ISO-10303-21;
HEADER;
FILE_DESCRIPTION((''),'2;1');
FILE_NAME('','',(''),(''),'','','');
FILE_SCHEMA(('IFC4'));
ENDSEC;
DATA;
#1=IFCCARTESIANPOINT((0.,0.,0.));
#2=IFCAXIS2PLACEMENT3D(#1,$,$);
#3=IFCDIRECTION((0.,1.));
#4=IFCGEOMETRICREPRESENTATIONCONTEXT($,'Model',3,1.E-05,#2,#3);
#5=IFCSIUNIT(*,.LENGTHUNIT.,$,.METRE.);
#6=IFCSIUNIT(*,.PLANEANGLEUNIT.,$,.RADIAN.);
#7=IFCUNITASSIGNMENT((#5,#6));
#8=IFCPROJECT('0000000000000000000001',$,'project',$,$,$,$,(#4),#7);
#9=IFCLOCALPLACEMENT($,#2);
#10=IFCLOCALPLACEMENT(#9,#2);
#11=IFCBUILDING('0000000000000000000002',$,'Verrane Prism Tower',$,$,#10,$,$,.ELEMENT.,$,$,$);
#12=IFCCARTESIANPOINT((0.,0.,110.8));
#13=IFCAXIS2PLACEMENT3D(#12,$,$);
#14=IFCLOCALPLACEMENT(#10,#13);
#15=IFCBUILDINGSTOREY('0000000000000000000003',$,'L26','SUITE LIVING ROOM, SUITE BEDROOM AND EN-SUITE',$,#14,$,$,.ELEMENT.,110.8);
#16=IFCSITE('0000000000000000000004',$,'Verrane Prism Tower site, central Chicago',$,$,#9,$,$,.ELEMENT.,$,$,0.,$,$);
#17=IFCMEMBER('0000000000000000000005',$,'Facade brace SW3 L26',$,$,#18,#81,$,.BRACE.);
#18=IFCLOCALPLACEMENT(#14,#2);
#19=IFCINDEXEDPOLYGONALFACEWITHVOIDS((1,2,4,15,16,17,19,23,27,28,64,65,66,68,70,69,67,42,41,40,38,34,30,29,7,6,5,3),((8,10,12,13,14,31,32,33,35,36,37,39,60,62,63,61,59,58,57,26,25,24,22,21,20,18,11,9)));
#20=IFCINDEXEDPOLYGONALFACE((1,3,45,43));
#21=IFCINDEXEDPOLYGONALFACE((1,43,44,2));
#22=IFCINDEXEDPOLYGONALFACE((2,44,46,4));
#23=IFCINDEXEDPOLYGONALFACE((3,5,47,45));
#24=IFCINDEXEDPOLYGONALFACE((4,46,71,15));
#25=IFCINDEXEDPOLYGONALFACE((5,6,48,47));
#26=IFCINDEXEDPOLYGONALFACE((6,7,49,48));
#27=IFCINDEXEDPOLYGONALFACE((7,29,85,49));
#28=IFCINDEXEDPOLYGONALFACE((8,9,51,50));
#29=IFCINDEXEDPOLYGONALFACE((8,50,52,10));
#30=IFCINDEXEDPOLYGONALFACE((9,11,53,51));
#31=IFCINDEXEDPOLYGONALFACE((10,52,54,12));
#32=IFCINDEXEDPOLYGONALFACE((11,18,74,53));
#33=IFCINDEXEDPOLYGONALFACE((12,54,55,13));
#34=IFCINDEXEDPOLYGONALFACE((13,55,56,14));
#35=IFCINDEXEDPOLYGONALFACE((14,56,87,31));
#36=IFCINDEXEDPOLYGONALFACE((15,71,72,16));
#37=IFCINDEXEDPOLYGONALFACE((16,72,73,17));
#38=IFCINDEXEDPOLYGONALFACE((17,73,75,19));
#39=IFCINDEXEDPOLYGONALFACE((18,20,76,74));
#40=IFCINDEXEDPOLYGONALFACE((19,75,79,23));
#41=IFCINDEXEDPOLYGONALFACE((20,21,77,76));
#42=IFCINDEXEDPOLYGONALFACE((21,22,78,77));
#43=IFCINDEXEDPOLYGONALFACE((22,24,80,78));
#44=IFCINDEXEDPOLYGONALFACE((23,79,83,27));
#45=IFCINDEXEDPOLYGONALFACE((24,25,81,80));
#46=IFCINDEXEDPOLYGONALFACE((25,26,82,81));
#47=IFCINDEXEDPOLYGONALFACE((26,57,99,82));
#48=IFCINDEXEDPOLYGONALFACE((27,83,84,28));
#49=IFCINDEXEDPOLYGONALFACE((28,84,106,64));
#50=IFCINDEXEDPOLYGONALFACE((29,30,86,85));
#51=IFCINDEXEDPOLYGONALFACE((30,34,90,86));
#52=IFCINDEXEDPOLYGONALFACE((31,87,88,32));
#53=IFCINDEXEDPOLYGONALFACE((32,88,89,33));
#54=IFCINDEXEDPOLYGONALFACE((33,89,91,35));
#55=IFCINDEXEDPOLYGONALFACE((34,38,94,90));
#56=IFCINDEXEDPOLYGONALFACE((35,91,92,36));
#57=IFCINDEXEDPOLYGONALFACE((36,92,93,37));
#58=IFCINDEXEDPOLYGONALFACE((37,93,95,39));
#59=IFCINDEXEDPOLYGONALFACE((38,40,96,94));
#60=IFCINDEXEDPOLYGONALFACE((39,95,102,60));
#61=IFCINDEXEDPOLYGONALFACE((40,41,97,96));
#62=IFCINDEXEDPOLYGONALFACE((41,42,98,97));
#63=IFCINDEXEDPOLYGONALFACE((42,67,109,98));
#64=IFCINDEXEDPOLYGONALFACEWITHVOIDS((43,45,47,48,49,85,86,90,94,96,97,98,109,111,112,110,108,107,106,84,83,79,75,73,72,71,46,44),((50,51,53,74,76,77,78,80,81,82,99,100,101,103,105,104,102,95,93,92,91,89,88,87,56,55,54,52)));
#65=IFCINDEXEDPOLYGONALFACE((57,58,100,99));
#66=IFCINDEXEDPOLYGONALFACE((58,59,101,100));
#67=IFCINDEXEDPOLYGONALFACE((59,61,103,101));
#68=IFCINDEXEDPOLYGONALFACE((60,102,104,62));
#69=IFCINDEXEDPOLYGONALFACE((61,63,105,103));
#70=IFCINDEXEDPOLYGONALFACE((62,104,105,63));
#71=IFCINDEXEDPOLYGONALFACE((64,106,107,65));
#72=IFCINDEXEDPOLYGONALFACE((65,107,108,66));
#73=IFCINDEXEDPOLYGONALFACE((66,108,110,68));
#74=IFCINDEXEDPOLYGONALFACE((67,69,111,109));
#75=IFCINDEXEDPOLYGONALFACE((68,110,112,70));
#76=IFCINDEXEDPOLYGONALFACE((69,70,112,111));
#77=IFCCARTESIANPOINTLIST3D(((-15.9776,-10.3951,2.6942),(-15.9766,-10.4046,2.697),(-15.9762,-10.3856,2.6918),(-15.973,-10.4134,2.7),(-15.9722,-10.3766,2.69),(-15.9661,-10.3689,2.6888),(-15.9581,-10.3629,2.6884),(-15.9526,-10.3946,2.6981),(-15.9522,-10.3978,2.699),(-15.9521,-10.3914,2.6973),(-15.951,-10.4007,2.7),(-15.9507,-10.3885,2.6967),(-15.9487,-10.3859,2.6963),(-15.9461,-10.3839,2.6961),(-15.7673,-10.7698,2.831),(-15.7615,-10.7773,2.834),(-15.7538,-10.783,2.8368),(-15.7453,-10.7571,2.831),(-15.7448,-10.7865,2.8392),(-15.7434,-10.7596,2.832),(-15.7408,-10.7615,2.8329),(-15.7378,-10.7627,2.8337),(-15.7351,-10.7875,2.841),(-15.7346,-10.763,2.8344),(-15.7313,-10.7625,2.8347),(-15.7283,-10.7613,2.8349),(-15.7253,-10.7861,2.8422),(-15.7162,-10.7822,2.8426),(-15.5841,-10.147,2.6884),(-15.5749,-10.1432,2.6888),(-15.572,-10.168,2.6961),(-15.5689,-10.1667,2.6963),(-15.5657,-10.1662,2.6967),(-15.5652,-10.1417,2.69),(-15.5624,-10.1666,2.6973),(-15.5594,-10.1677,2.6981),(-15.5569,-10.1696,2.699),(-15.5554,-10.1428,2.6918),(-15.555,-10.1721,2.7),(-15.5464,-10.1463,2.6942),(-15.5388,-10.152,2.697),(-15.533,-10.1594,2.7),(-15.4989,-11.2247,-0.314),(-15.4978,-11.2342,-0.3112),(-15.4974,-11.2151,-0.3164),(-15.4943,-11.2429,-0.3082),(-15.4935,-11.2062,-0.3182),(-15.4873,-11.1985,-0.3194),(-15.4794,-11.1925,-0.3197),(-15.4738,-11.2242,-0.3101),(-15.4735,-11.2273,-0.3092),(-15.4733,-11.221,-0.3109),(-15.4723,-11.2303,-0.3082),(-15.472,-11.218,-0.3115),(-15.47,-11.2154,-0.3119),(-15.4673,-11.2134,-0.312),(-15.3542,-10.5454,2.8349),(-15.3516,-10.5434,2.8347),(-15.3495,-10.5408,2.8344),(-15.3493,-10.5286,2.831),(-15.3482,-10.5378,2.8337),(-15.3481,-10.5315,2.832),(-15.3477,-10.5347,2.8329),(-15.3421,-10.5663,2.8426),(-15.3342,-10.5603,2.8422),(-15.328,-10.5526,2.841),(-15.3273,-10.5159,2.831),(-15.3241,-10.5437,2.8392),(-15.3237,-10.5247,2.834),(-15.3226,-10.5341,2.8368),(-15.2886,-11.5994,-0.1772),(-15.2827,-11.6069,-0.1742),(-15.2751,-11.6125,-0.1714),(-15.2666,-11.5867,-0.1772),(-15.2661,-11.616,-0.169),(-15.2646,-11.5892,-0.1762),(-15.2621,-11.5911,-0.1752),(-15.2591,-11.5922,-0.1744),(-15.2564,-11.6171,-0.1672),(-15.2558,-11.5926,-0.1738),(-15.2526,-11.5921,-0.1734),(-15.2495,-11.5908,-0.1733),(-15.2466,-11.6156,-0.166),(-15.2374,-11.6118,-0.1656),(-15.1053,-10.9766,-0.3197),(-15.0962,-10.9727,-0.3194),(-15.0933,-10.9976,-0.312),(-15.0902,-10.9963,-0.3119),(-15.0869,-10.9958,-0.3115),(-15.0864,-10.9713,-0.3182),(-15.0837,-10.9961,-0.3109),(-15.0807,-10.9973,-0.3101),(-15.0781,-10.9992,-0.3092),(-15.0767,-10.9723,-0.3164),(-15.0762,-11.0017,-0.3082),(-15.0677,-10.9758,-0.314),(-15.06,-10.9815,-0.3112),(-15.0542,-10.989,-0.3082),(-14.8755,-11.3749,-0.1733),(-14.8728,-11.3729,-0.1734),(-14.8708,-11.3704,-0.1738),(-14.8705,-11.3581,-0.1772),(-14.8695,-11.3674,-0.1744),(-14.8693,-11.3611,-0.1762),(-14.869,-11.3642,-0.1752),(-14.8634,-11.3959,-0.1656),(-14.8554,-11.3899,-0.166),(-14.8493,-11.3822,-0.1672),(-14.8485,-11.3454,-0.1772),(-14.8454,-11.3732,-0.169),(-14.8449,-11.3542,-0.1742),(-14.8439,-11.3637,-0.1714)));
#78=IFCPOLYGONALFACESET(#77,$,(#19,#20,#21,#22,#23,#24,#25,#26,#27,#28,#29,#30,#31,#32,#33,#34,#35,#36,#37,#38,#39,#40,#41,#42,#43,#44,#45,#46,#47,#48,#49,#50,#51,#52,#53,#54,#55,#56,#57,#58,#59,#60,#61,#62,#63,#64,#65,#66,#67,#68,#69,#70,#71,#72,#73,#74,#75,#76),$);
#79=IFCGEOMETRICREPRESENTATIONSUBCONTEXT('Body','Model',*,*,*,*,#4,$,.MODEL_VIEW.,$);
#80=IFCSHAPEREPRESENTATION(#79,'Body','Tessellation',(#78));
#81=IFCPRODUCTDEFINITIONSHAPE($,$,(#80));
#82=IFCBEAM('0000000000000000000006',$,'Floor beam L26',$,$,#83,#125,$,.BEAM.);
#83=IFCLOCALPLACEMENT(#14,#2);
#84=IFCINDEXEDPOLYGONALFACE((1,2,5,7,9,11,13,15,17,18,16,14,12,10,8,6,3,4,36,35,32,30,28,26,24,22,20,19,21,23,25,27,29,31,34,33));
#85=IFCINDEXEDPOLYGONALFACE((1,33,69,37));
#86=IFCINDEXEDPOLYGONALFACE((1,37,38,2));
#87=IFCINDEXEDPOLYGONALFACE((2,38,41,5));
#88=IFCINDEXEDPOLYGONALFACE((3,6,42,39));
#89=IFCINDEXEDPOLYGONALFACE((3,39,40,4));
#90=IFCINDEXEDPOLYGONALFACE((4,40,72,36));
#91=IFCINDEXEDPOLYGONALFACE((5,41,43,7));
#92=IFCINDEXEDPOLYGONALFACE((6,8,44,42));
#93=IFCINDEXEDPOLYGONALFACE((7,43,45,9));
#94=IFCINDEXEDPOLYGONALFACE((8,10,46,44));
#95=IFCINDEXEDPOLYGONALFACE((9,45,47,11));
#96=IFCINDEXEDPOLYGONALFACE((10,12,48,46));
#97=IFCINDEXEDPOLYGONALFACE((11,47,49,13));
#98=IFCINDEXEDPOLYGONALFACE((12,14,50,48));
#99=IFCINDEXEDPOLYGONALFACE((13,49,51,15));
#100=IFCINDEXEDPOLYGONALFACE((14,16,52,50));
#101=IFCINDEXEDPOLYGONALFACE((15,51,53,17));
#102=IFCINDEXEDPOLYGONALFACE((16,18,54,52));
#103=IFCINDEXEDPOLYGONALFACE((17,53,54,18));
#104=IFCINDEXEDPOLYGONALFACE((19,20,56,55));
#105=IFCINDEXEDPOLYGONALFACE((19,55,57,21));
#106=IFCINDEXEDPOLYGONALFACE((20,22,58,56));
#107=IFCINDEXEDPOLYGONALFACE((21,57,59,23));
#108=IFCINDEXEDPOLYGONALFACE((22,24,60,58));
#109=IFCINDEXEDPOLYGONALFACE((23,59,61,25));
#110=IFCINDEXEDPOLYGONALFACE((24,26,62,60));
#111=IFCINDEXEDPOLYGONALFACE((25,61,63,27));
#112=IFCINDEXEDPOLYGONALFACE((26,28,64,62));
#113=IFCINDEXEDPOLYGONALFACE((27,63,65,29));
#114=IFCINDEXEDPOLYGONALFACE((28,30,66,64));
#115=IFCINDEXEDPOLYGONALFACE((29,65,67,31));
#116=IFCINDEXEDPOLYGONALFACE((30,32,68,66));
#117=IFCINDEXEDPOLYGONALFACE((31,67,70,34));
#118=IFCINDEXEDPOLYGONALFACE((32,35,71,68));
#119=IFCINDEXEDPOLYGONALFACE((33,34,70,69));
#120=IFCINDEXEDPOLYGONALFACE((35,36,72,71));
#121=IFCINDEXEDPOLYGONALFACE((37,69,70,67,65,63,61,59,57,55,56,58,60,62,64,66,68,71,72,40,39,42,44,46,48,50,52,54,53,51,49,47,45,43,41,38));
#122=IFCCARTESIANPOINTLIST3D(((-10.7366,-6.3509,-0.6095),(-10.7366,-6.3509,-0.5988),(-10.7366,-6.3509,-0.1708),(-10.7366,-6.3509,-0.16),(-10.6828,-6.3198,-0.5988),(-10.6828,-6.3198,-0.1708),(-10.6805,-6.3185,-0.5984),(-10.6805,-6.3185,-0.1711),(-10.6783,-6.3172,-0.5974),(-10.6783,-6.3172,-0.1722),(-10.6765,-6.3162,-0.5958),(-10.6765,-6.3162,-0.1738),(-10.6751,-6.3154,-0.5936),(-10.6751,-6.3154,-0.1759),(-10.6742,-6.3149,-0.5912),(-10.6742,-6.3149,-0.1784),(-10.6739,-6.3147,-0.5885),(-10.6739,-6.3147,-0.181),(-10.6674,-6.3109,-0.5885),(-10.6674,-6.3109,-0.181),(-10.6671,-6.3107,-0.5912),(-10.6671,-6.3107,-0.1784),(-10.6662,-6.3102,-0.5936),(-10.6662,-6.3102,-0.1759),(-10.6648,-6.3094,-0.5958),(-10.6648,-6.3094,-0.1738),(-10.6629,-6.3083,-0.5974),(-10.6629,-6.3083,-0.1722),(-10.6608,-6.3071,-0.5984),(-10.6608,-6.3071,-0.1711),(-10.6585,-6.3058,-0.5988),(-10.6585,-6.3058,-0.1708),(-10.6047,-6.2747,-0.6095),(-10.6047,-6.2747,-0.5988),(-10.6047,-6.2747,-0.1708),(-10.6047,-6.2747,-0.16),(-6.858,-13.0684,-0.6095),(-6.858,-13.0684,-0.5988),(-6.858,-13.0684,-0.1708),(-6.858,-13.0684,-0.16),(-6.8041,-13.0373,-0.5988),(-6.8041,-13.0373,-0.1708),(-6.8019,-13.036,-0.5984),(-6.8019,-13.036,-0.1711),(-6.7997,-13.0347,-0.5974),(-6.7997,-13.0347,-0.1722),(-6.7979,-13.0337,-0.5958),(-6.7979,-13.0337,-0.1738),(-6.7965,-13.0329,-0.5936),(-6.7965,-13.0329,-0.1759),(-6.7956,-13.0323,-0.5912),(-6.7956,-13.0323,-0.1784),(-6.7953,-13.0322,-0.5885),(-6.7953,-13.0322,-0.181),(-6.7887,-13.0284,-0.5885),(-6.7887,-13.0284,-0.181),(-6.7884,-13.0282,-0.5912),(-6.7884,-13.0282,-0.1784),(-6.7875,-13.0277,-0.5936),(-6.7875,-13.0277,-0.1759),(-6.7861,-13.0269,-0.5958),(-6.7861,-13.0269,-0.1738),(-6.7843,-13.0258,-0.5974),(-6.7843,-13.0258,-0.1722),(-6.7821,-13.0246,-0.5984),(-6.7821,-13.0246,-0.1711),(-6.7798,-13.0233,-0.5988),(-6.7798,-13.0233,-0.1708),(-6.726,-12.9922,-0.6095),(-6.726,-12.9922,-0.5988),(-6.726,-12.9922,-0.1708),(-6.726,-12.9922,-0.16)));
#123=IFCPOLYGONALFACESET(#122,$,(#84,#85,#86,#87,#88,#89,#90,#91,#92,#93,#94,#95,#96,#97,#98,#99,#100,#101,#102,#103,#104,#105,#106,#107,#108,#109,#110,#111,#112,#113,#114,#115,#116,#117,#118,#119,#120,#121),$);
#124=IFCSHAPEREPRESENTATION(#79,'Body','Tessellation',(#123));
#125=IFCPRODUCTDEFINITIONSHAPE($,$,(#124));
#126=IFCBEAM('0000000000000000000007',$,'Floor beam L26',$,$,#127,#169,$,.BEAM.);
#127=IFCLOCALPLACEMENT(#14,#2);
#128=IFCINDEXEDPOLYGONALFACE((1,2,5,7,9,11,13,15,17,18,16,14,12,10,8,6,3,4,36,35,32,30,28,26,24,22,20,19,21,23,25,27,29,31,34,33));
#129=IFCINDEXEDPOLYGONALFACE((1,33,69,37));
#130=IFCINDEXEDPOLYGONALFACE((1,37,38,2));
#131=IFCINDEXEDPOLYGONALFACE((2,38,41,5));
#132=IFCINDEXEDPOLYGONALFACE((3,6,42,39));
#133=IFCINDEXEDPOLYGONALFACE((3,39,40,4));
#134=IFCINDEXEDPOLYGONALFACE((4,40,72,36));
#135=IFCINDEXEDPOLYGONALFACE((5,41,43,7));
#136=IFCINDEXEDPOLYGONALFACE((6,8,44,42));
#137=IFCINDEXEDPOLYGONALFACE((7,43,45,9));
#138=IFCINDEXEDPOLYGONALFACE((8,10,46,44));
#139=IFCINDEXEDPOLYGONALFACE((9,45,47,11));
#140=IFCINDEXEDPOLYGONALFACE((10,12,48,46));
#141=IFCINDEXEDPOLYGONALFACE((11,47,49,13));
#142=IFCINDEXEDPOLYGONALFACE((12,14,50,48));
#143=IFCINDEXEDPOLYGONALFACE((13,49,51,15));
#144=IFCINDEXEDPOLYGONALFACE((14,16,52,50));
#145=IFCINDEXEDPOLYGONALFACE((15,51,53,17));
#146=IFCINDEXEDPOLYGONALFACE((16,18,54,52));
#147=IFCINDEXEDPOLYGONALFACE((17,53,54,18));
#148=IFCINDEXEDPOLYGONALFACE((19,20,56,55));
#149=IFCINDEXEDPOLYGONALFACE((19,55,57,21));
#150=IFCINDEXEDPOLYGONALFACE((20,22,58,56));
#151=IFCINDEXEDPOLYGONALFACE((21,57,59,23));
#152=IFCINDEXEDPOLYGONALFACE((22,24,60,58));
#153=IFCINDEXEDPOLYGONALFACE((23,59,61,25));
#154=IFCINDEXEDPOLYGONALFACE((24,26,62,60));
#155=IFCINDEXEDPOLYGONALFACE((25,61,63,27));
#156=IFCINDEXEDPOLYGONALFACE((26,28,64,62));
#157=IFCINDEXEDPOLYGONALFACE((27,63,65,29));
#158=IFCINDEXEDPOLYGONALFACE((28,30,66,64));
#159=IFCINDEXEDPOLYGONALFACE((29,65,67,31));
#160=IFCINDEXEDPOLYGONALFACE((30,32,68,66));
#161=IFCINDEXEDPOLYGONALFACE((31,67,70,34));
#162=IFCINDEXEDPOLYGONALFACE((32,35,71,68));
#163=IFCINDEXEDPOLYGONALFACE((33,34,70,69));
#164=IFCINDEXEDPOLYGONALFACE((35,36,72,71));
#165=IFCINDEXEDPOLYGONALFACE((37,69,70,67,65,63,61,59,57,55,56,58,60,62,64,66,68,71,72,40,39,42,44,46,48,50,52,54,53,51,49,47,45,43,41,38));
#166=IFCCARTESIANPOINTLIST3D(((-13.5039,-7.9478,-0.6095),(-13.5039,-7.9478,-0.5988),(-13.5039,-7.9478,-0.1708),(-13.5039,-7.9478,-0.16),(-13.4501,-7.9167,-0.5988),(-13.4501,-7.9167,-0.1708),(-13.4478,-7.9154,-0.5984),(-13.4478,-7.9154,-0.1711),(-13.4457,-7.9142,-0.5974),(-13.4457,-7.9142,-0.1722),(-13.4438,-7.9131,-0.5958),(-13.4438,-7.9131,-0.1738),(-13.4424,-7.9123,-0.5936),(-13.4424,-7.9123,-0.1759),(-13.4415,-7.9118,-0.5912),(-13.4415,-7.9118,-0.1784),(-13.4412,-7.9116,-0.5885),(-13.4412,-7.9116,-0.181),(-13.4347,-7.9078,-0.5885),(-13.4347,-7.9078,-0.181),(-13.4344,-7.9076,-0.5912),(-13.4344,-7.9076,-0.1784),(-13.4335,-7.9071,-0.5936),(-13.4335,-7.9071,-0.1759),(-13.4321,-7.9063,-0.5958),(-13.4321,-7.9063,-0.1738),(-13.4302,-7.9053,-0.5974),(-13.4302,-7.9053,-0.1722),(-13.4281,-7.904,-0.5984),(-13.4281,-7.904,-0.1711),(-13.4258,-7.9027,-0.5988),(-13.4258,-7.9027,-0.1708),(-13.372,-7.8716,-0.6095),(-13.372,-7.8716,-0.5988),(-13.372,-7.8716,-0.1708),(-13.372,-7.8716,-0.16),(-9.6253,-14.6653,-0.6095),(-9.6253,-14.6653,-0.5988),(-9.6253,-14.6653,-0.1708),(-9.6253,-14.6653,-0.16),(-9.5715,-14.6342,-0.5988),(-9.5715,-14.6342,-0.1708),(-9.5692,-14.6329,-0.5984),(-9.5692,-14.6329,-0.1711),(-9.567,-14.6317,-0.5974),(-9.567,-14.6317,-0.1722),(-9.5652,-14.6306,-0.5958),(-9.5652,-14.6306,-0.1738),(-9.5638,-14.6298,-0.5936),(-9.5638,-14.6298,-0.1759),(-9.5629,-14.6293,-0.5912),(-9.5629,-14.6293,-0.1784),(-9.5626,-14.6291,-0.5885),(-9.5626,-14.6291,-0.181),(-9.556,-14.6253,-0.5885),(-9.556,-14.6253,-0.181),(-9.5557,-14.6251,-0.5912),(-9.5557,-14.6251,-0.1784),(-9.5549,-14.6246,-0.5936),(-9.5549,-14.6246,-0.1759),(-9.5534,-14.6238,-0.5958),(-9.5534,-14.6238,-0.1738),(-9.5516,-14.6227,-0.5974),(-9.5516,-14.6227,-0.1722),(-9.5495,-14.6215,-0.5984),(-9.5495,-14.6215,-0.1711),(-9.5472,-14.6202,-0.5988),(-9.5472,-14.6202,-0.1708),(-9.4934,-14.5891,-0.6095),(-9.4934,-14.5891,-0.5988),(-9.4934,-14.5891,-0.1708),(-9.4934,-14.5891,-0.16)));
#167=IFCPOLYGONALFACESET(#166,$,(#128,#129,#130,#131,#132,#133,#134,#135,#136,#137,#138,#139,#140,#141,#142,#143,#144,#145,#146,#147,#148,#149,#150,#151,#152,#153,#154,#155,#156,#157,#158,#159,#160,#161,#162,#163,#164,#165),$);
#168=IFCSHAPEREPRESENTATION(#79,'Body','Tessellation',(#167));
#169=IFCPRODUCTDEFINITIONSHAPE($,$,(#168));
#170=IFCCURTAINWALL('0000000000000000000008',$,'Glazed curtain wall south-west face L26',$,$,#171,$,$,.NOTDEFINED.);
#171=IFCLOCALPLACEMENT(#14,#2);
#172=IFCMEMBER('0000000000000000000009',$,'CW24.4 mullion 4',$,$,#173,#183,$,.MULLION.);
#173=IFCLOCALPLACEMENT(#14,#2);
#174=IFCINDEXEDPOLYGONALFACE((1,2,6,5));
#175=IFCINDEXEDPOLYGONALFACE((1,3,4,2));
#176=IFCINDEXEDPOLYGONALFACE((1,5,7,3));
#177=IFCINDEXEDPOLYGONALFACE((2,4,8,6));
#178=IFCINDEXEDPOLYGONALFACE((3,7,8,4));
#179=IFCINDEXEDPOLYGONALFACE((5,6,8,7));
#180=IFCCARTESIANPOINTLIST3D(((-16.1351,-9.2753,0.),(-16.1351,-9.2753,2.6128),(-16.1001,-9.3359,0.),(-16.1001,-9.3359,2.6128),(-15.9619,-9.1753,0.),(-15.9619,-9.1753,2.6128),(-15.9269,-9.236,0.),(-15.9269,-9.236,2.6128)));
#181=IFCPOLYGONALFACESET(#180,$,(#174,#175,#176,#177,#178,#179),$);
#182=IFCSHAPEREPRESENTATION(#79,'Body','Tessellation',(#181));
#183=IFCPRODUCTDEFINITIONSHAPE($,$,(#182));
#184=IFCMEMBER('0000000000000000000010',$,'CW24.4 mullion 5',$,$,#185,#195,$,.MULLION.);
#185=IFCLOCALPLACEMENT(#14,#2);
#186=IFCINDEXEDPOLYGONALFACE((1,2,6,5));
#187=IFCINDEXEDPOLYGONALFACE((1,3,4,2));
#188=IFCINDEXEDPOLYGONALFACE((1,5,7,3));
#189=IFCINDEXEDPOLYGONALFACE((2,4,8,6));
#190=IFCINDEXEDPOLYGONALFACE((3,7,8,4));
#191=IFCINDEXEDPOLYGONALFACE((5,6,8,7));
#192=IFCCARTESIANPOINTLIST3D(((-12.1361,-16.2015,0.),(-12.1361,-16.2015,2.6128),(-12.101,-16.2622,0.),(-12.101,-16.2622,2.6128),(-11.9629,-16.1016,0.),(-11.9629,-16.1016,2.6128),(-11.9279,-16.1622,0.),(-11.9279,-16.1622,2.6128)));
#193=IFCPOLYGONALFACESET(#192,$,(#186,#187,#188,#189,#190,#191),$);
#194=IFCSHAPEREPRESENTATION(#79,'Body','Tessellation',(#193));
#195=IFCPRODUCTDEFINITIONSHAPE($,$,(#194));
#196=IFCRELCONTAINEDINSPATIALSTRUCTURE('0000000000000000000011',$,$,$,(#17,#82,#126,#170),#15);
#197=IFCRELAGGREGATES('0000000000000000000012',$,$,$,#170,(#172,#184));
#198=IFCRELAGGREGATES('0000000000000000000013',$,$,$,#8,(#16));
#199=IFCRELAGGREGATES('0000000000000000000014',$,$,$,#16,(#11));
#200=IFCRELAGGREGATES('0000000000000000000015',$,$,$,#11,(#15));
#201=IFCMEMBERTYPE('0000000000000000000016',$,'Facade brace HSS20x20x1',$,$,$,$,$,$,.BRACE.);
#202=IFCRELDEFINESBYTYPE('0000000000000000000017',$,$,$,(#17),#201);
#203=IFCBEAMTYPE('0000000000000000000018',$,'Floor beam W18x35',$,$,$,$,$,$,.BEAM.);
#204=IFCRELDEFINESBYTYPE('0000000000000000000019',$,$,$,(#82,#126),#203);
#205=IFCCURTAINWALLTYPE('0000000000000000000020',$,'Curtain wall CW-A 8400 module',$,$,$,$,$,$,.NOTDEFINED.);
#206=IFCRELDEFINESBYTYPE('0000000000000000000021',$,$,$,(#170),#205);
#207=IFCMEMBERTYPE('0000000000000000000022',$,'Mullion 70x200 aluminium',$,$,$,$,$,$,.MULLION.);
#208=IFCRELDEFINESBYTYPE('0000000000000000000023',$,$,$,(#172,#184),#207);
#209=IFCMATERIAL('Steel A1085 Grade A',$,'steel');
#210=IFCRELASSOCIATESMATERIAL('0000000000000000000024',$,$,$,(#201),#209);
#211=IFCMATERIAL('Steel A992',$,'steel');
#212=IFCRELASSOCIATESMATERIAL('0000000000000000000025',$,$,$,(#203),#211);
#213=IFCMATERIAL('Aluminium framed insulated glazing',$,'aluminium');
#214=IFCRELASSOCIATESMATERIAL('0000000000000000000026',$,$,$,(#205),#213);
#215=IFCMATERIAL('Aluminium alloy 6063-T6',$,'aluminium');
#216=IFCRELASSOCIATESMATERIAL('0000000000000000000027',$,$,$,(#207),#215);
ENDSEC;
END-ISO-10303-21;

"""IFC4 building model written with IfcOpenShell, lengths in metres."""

from ifc_helpers import new_model, si_unit, direction, frame, origin, origin_2d, place, context, subcontext, project, spatial, rectangle, hollow_rectangle, i_section, extrude, material, material_profile, profile_set, type_object, element, aggregate, save


model = new_model("IFC4")

# Units and contexts
model_context = context("Model", 3, precision=1e-05, world=origin(), true_north=direction((0.0, 1.0)))
body_context = subcontext(model_context, "Body", "Model", "MODEL_VIEW")
ifc_project = project(units=[si_unit("LENGTHUNIT", "METRE"), si_unit("PLANEANGLEUNIT", "RADIAN")], contexts=[model_context])

# Site, building, storey
site_placement = place(None, origin())
site = spatial("IfcSite", under=ifc_project, at=site_placement, Name="Verrane Prism Tower site, central Chicago", CompositionType="ELEMENT", RefElevation=0.0)
building_placement = place(site_placement, origin())
building = spatial("IfcBuilding", under=site, at=building_placement, Name="Verrane Prism Tower", CompositionType="ELEMENT")
storey_placement = place(building_placement, frame((0.0, 0.0, 110.8)))
storey = spatial("IfcBuildingStorey", under=building, at=storey_placement, Name="L26", Description="SUITE LIVING ROOM, SUITE BEDROOM AND EN-SUITE", CompositionType="ELEMENT", Elevation=110.8)

# Member
ifc_material_1 = material(Name="Steel A1085 Grade A", Category="steel")
ifc_material_profile_1 = material_profile(ifc_material_1, hollow_rectangle(XDim=0.5081, YDim=0.5081, WallThickness=0.0254, InnerFilletRadius=0.0127, OuterFilletRadius=0.0381, at=origin_2d()), Name="HSS20x20x1")
ifc_profile_set_1 = profile_set([ifc_material_profile_1], Name="Steel A1085 Grade A")
member_type_1 = type_object("IfcMemberType", Name="Facade brace HSS20x20x1", PredefinedType="BRACE", material=ifc_profile_set_1)
member_1_placement = place(storey_placement, frame((-15.1714, -11.2942, -0.2427), z_axis=(-0.151645, 0.262769, 0.952867), x_axis=(-0.866118, -0.49984, 0.0)))
element("IfcMember", 1, at=member_1_placement, inside=storey, type_object=member_type_1, Name="Facade brace SW3 L26", PredefinedType="BRACE", context=body_context, shape_type="SweptSolid", body=[
    extrude(hollow_rectangle(XDim=0.5081, YDim=0.5081, WallThickness=0.0254, InnerFilletRadius=0.0127, OuterFilletRadius=0.0381, at=origin_2d()), origin(), (0.0, 0.0, 1.0), 3.157),
])

# Beams
ifc_material_2 = material(Name="Steel A992", Category="steel")
ifc_material_profile_2 = material_profile(ifc_material_2, i_section(OverallWidth=0.1523, OverallDepth=0.4495, WebThickness=0.0076, FlangeThickness=0.0107, FilletRadius=0.0103, at=origin_2d()), Name="W18x35")
ifc_profile_set_2 = profile_set([ifc_material_profile_2], Name="Steel A992")
beam_type_1 = type_object("IfcBeamType", Name="Floor beam W18x35", PredefinedType="BEAM", material=ifc_profile_set_2)
for number, where, z_axis, x_axis, name in (
    (2, (-6.792, -13.0303, -0.3848), (-0.500028, 0.866009, 0.0), (-0.866009, -0.500028, 0.0), "Floor beam L26"),
    (3, (-9.5593, -14.6272, -0.3848), (-0.500028, 0.866009, 0.0), (-0.866009, -0.500028, 0.0), "Floor beam L26"),
):
    element("IfcBeam", number, at=place(storey_placement, frame(where, z_axis=z_axis, x_axis=x_axis)), inside=storey, type_object=beam_type_1, Name=name, PredefinedType="BEAM", context=body_context, shape_type="SweptSolid", body=[
        extrude(i_section(OverallWidth=0.1523, OverallDepth=0.4495, WebThickness=0.0076, FlangeThickness=0.0107, FilletRadius=0.0103, at=origin_2d()), origin(), (0.0, 0.0, 1.0), 7.7568),
    ])

# Curtain wall, members
ifc_material_3 = material(Name="Aluminium framed insulated glazing", Category="aluminium")
curtain_wall_type = type_object("IfcCurtainWallType", Name="Curtain wall CW-A 8400 module", PredefinedType="NOTDEFINED", material=ifc_material_3)
curtain_wall_placement = place(storey_placement, origin())
curtain_wall = element("IfcCurtainWall", 4, at=curtain_wall_placement, inside=storey, type_object=curtain_wall_type, Name="Glazed curtain wall south-west face L26", PredefinedType="NOTDEFINED")
ifc_material_4 = material(Name="Aluminium alloy 6063-T6", Category="aluminium")
ifc_material_profile_3 = material_profile(ifc_material_4, rectangle(XDim=0.2, YDim=0.0701, at=origin_2d()), Name="Mullion 70x200 aluminium")
ifc_profile_set_3 = profile_set([ifc_material_profile_3], Name="Aluminium alloy 6063-T6")
member_type_2 = type_object("IfcMemberType", Name="Mullion 70x200 aluminium", PredefinedType="MULLION", material=ifc_profile_set_3)
member_2_placement = place(storey_placement, frame((-16.031, -9.2556, 0.0), z_axis=(0.0, 0.0, 1.0), x_axis=(0.866025, 0.5, 0.0)))
member_2 = element("IfcMember", 5, at=member_2_placement, type_object=member_type_2, Name="CW24.4 mullion 4", PredefinedType="MULLION", context=body_context, shape_type="SweptSolid", body=[
    extrude(rectangle(XDim=0.2, YDim=0.0701, at=origin_2d()), origin(), (0.0, 0.0, 1.0), 2.6128),
])
member_3_placement = place(storey_placement, frame((-12.032, -16.1819, 0.0), z_axis=(0.0, 0.0, 1.0), x_axis=(0.866025, 0.5, 0.0)))
member_3 = element("IfcMember", 6, at=member_3_placement, type_object=member_type_2, Name="CW24.4 mullion 5", PredefinedType="MULLION", context=body_context, shape_type="SweptSolid", body=[
    extrude(rectangle(XDim=0.2, YDim=0.0701, at=origin_2d()), origin(), (0.0, 0.0, 1.0), 2.6128),
])

aggregate(curtain_wall, [member_2, member_3])

save(model, "model.ifc")
